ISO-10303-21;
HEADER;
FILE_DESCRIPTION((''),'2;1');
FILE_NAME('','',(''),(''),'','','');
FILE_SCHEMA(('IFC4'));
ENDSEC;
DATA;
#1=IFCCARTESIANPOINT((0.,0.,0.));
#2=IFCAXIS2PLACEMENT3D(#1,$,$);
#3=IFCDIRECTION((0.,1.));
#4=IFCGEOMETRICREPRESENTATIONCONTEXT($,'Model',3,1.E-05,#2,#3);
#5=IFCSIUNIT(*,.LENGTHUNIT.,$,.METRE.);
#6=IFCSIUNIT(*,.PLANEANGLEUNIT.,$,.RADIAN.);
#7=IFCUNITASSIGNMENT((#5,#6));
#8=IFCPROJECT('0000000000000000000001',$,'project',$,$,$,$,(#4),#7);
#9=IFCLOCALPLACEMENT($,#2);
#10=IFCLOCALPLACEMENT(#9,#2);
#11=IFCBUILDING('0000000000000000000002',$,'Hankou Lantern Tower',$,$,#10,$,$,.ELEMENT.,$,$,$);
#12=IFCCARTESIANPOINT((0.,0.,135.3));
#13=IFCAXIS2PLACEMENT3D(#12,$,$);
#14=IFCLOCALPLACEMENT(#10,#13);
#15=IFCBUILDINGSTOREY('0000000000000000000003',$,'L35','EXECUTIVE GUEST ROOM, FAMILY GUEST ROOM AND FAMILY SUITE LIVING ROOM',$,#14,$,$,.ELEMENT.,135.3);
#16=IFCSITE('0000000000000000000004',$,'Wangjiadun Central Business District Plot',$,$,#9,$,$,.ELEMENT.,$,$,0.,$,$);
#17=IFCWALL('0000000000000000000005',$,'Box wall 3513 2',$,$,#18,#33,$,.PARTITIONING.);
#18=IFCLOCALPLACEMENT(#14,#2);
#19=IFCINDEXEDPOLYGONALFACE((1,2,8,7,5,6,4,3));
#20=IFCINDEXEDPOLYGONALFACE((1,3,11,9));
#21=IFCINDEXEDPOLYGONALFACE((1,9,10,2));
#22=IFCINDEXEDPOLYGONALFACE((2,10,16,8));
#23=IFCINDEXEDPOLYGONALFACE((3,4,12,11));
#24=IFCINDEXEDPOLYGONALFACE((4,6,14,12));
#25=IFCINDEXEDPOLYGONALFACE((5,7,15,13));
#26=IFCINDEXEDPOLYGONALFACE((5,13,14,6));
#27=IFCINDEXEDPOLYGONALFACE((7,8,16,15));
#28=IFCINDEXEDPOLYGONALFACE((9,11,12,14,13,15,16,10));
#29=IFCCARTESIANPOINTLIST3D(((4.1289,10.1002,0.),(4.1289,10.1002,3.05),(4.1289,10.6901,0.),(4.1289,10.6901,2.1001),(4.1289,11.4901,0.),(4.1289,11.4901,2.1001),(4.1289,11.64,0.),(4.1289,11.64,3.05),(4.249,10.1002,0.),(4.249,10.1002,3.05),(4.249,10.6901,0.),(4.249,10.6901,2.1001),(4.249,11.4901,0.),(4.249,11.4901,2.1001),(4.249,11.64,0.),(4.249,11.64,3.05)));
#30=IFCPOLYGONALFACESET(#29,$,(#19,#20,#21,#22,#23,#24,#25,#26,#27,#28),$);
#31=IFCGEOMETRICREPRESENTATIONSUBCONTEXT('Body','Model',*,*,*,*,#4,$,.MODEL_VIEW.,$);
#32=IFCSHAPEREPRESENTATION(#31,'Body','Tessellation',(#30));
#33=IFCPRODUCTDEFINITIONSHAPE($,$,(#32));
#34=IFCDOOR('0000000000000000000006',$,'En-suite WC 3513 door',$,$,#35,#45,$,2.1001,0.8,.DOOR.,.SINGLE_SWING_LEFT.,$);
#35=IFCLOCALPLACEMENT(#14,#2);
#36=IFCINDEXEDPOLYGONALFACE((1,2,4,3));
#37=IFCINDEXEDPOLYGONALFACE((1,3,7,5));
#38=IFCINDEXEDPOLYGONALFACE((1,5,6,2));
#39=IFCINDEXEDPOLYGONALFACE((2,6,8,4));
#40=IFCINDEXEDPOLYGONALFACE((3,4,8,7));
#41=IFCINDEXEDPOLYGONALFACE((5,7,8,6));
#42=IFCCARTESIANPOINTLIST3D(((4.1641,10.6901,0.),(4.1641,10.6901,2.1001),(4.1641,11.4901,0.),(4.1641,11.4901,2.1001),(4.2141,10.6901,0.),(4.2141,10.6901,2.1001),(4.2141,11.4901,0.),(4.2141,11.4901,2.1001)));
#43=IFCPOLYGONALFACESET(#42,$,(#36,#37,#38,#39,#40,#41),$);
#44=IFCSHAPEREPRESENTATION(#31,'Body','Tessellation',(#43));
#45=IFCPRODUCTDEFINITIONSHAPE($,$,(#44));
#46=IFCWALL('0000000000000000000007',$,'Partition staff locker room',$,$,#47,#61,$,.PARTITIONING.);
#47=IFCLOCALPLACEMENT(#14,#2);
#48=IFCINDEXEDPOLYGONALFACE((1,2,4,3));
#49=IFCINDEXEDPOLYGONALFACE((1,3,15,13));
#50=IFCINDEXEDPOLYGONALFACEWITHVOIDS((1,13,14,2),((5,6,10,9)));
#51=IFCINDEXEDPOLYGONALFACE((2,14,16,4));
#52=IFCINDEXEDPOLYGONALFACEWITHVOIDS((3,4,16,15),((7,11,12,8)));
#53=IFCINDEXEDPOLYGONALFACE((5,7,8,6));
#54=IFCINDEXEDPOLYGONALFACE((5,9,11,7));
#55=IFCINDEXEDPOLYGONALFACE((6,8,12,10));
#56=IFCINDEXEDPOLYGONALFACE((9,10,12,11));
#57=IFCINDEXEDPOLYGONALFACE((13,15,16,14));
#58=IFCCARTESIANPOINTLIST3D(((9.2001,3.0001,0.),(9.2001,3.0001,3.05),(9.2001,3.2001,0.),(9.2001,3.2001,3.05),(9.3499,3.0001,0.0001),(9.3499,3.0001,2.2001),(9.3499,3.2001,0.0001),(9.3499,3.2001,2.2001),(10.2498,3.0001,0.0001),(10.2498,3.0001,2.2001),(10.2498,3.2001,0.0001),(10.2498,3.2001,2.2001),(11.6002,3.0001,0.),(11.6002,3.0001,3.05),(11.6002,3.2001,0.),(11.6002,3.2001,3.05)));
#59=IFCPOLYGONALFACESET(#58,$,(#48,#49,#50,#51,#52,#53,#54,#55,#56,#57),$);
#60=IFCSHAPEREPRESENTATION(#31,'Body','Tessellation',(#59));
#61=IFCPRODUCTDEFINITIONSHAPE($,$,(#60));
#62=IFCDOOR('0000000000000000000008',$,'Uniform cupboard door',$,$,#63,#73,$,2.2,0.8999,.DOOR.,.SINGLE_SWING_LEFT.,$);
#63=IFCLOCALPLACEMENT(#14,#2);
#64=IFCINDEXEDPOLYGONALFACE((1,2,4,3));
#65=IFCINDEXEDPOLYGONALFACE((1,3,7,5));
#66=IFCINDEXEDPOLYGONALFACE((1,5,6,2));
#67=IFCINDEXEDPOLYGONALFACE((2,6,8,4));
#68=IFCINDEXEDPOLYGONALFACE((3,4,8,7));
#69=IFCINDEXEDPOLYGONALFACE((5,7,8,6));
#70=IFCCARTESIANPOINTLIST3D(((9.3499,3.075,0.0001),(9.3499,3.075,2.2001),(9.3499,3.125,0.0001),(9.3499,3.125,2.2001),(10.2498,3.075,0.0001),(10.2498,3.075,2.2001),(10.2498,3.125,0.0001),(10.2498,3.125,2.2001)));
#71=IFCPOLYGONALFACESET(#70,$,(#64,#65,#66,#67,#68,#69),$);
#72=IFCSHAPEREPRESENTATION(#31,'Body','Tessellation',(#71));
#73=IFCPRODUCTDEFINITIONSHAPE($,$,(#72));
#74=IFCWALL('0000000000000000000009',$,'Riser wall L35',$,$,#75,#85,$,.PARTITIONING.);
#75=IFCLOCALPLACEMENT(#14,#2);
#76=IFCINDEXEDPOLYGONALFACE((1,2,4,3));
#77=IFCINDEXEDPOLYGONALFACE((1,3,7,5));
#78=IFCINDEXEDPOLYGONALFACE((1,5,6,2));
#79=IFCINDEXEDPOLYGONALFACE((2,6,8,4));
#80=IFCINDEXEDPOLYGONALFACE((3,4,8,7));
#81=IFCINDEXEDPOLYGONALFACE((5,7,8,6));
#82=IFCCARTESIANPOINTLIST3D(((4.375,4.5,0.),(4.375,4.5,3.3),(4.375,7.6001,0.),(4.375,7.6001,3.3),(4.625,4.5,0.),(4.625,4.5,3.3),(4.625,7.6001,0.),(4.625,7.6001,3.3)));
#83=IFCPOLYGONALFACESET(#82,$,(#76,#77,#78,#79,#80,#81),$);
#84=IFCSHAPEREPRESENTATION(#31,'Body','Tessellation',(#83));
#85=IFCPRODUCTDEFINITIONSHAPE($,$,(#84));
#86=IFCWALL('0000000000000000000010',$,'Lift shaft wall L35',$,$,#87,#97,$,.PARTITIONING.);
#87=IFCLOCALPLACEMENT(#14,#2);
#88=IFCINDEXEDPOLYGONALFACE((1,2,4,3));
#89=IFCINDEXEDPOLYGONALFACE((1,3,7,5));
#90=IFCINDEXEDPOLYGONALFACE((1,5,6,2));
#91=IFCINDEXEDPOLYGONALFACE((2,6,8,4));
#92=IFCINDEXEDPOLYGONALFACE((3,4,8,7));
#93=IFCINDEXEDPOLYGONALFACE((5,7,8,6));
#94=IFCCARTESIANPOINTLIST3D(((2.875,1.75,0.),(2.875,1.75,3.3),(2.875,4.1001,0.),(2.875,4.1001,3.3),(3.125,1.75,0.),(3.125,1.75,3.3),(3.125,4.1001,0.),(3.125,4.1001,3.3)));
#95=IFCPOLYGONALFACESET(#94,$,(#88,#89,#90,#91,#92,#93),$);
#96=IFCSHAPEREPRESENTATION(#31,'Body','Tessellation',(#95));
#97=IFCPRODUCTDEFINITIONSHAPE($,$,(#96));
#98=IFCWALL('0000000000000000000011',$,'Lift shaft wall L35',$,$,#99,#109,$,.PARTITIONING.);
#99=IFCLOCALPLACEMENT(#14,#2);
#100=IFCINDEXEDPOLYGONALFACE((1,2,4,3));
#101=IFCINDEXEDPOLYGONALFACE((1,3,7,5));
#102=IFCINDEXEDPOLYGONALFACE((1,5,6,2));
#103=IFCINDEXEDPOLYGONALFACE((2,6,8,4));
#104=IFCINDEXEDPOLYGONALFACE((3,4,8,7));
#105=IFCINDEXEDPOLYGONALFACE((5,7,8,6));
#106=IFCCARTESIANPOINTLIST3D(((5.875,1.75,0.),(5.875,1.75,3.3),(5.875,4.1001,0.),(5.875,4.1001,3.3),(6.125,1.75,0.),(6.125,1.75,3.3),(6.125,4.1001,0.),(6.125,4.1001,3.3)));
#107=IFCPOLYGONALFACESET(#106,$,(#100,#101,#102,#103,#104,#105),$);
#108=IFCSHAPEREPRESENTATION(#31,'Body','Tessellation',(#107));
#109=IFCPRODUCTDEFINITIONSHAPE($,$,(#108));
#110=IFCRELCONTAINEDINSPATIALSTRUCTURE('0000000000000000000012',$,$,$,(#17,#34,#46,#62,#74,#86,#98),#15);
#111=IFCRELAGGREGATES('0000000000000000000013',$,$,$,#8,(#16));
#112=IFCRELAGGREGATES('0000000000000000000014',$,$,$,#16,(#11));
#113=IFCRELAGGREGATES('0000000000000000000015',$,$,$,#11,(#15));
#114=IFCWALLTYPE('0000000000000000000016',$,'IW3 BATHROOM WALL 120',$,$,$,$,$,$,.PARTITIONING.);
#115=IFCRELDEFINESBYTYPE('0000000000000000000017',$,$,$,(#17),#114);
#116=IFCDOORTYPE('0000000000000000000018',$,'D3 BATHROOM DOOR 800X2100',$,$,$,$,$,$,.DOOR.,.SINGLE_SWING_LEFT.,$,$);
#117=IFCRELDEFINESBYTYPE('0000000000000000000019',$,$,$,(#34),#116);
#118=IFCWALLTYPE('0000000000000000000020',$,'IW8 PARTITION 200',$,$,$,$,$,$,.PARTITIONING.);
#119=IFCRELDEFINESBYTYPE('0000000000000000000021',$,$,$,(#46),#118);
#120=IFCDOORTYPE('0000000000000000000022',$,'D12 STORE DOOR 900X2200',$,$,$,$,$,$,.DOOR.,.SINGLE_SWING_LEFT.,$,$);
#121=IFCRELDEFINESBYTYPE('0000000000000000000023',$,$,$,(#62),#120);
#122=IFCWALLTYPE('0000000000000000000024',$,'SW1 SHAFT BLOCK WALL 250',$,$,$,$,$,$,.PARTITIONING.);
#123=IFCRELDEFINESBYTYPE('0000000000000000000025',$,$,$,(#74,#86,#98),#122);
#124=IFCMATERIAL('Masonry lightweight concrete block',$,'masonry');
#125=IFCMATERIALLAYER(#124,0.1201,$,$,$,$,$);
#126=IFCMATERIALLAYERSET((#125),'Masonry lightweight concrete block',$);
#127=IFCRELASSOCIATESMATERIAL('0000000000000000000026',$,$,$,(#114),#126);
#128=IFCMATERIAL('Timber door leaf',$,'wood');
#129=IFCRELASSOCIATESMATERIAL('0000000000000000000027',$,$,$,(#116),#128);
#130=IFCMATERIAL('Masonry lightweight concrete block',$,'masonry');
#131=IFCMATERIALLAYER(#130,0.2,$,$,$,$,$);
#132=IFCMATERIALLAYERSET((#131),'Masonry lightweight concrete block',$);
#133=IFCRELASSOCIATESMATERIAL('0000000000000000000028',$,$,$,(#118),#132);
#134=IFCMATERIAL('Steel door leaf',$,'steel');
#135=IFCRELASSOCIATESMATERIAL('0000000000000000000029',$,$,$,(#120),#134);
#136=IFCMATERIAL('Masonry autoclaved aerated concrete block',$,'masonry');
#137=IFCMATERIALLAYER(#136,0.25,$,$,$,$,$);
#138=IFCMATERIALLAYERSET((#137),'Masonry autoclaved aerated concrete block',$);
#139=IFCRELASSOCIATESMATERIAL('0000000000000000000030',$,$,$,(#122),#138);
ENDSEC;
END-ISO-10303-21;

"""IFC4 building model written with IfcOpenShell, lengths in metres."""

from ifc_helpers import new_model, si_unit, direction, frame, frame_2d, origin, place, context, subcontext, project, spatial, rectangle, extrude, material, layer, layer_set, type_object, element, fill, save


model = new_model("IFC4")

# Units and contexts
model_context = context("Model", 3, precision=1e-05, world=origin(), true_north=direction((0.0, 1.0)))
body_context = subcontext(model_context, "Body", "Model", "MODEL_VIEW")
ifc_project = project(units=[si_unit("LENGTHUNIT", "METRE"), si_unit("PLANEANGLEUNIT", "RADIAN")], contexts=[model_context])

# Site, building, storey
site_placement = place(None, origin())
site = spatial("IfcSite", under=ifc_project, at=site_placement, Name="Wangjiadun Central Business District Plot", CompositionType="ELEMENT", RefElevation=0.0)
building_placement = place(site_placement, origin())
building = spatial("IfcBuilding", under=site, at=building_placement, Name="Hankou Lantern Tower", CompositionType="ELEMENT")
storey_placement = place(building_placement, frame((0.0, 0.0, 135.3)))
storey = spatial("IfcBuildingStorey", under=building, at=storey_placement, Name="L35", Description="EXECUTIVE GUEST ROOM, FAMILY GUEST ROOM AND FAMILY SUITE LIVING ROOM", CompositionType="ELEMENT", Elevation=135.3)

# Shared definitions
ifc_material_1 = material(Name="Masonry lightweight concrete block", Category="masonry")
ifc_layer_1 = layer(ifc_material_1, 0.1201)
ifc_layer_set_1 = layer_set([ifc_layer_1], Name="Masonry lightweight concrete block")
wall_type_1 = type_object("IfcWallType", Name="IW3 BATHROOM WALL 120", PredefinedType="PARTITIONING", material=ifc_layer_set_1)
ifc_material_2 = material(Name="Timber door leaf", Category="wood")
door_type_1 = type_object("IfcDoorType", Name="D3 BATHROOM DOOR 800X2100", OperationType="SINGLE_SWING_LEFT", PredefinedType="DOOR", material=ifc_material_2)

# Walls, openings, doors
wall_1_placement = place(storey_placement, frame((4.189, 10.1001, 0.0), z_axis=(0.0, 0.0, 1.0), x_axis=(0.0, 1.0, 0.0)))
wall_1 = element("IfcWall", 1, at=wall_1_placement, inside=storey, type_object=wall_type_1, Name="Box wall 3513 2", PredefinedType="PARTITIONING", context=body_context, shape_type="SweptSolid", body=[
    extrude(rectangle(XDim=1.5398, YDim=0.1201, at=frame_2d((0.77, 0.0))), origin(), (0.0, 0.0, 1.0), 3.05),
])
opening_1_placement = place(wall_1_placement, frame((0.5901, 0.0, 0.0)))
opening_1 = element("IfcOpeningElement", 2, at=opening_1_placement, cuts=wall_1, PredefinedType="OPENING", context=body_context, shape_type="SweptSolid", body=[
    extrude(rectangle(XDim=0.8, YDim=2.1001, at=frame_2d((0.3999, 1.05))), frame((0.0, 0.0701, 0.0), z_axis=(0.0, -1.0, 0.0), x_axis=(1.0, 0.0, 0.0)), (0.0, 0.0, 1.0), 0.1401),
])
door_1_placement = place(opening_1_placement, origin())
door_1 = element("IfcDoor", 3, at=door_1_placement, inside=storey, type_object=door_type_1, Name="En-suite WC 3513 door", OperationType="SINGLE_SWING_LEFT", OverallHeight=2.1001, OverallWidth=0.8, PredefinedType="DOOR", context=body_context, shape_type="SweptSolid", body=[
    extrude(rectangle(XDim=0.8, YDim=2.1001, at=frame_2d((0.3999, 1.05))), frame((0.0, 0.0249, 0.0), z_axis=(0.0, -1.0, 0.0), x_axis=(1.0, 0.0, 0.0)), (0.0, 0.0, 1.0), 0.05),
])
fill(opening_1, door_1)
ifc_material_3 = material(Name="Masonry lightweight concrete block", Category="masonry")
ifc_layer_2 = layer(ifc_material_3, 0.2)
ifc_layer_set_2 = layer_set([ifc_layer_2], Name="Masonry lightweight concrete block")
wall_type_2 = type_object("IfcWallType", Name="IW8 PARTITION 200", PredefinedType="PARTITIONING", material=ifc_layer_set_2)
wall_2_placement = place(storey_placement, frame((9.2, 3.1001, 0.0), z_axis=(0.0, 0.0, 1.0), x_axis=(1.0, 0.0, 0.0)))
wall_2 = element("IfcWall", 4, at=wall_2_placement, inside=storey, type_object=wall_type_2, Name="Partition staff locker room", PredefinedType="PARTITIONING", context=body_context, shape_type="SweptSolid", body=[
    extrude(rectangle(XDim=2.4001, YDim=0.2, at=frame_2d((1.2002, 0.0))), origin(), (0.0, 0.0, 1.0), 3.05),
])
opening_2_placement = place(wall_2_placement, frame((0.1499, 0.0, 0.0)))
opening_2 = element("IfcOpeningElement", 5, at=opening_2_placement, cuts=wall_2, PredefinedType="OPENING", context=body_context, shape_type="SweptSolid", body=[
    extrude(rectangle(XDim=0.8999, YDim=2.2, at=frame_2d((0.45, 1.1001))), frame((0.0, 0.1099, 0.0), z_axis=(0.0, -1.0, 0.0), x_axis=(1.0, 0.0, 0.0)), (0.0, 0.0, 1.0), 0.22),
])
ifc_material_4 = material(Name="Steel door leaf", Category="steel")
door_type_2 = type_object("IfcDoorType", Name="D12 STORE DOOR 900X2200", OperationType="SINGLE_SWING_LEFT", PredefinedType="DOOR", material=ifc_material_4)
door_2_placement = place(opening_2_placement, origin())
door_2 = element("IfcDoor", 6, at=door_2_placement, inside=storey, type_object=door_type_2, Name="Uniform cupboard door", OperationType="SINGLE_SWING_LEFT", OverallHeight=2.2, OverallWidth=0.8999, PredefinedType="DOOR", context=body_context, shape_type="SweptSolid", body=[
    extrude(rectangle(XDim=0.8999, YDim=2.2, at=frame_2d((0.45, 1.1001))), frame((0.0, 0.0249, 0.0), z_axis=(0.0, -1.0, 0.0), x_axis=(1.0, 0.0, 0.0)), (0.0, 0.0, 1.0), 0.05),
])
fill(opening_2, door_2)

# Walls
ifc_material_5 = material(Name="Masonry autoclaved aerated concrete block", Category="masonry")
ifc_layer_3 = layer(ifc_material_5, 0.25)
ifc_layer_set_3 = layer_set([ifc_layer_3], Name="Masonry autoclaved aerated concrete block")
wall_type_3 = type_object("IfcWallType", Name="SW1 SHAFT BLOCK WALL 250", PredefinedType="PARTITIONING", material=ifc_layer_set_3)
wall_3_placement = place(storey_placement, frame((4.5, 4.5, 0.0), z_axis=(0.0, 0.0, 1.0), x_axis=(0.0, 1.0, 0.0)))
element("IfcWall", 7, at=wall_3_placement, inside=storey, type_object=wall_type_3, Name="Riser wall L35", PredefinedType="PARTITIONING", context=body_context, shape_type="SweptSolid", body=[
    extrude(rectangle(XDim=3.1001, YDim=0.25, at=frame_2d((1.55, 0.0))), origin(), (0.0, 0.0, 1.0), 3.3),
])
for number, where, z_axis, x_axis, name in (
    (8, (3.0, 1.75, 0.0), (0.0, 0.0, 1.0), (0.0, 1.0, 0.0), "Lift shaft wall L35"),
    (9, (6.0, 1.75, 0.0), (0.0, 0.0, 1.0), (0.0, 1.0, 0.0), "Lift shaft wall L35"),
):
    element("IfcWall", number, at=place(storey_placement, frame(where, z_axis=z_axis, x_axis=x_axis)), inside=storey, type_object=wall_type_3, Name=name, PredefinedType="PARTITIONING", context=body_context, shape_type="SweptSolid", body=[
        extrude(rectangle(XDim=2.3501, YDim=0.25, at=frame_2d((1.175, 0.0))), origin(), (0.0, 0.0, 1.0), 3.3),
    ])

save(model, "model.ifc")
